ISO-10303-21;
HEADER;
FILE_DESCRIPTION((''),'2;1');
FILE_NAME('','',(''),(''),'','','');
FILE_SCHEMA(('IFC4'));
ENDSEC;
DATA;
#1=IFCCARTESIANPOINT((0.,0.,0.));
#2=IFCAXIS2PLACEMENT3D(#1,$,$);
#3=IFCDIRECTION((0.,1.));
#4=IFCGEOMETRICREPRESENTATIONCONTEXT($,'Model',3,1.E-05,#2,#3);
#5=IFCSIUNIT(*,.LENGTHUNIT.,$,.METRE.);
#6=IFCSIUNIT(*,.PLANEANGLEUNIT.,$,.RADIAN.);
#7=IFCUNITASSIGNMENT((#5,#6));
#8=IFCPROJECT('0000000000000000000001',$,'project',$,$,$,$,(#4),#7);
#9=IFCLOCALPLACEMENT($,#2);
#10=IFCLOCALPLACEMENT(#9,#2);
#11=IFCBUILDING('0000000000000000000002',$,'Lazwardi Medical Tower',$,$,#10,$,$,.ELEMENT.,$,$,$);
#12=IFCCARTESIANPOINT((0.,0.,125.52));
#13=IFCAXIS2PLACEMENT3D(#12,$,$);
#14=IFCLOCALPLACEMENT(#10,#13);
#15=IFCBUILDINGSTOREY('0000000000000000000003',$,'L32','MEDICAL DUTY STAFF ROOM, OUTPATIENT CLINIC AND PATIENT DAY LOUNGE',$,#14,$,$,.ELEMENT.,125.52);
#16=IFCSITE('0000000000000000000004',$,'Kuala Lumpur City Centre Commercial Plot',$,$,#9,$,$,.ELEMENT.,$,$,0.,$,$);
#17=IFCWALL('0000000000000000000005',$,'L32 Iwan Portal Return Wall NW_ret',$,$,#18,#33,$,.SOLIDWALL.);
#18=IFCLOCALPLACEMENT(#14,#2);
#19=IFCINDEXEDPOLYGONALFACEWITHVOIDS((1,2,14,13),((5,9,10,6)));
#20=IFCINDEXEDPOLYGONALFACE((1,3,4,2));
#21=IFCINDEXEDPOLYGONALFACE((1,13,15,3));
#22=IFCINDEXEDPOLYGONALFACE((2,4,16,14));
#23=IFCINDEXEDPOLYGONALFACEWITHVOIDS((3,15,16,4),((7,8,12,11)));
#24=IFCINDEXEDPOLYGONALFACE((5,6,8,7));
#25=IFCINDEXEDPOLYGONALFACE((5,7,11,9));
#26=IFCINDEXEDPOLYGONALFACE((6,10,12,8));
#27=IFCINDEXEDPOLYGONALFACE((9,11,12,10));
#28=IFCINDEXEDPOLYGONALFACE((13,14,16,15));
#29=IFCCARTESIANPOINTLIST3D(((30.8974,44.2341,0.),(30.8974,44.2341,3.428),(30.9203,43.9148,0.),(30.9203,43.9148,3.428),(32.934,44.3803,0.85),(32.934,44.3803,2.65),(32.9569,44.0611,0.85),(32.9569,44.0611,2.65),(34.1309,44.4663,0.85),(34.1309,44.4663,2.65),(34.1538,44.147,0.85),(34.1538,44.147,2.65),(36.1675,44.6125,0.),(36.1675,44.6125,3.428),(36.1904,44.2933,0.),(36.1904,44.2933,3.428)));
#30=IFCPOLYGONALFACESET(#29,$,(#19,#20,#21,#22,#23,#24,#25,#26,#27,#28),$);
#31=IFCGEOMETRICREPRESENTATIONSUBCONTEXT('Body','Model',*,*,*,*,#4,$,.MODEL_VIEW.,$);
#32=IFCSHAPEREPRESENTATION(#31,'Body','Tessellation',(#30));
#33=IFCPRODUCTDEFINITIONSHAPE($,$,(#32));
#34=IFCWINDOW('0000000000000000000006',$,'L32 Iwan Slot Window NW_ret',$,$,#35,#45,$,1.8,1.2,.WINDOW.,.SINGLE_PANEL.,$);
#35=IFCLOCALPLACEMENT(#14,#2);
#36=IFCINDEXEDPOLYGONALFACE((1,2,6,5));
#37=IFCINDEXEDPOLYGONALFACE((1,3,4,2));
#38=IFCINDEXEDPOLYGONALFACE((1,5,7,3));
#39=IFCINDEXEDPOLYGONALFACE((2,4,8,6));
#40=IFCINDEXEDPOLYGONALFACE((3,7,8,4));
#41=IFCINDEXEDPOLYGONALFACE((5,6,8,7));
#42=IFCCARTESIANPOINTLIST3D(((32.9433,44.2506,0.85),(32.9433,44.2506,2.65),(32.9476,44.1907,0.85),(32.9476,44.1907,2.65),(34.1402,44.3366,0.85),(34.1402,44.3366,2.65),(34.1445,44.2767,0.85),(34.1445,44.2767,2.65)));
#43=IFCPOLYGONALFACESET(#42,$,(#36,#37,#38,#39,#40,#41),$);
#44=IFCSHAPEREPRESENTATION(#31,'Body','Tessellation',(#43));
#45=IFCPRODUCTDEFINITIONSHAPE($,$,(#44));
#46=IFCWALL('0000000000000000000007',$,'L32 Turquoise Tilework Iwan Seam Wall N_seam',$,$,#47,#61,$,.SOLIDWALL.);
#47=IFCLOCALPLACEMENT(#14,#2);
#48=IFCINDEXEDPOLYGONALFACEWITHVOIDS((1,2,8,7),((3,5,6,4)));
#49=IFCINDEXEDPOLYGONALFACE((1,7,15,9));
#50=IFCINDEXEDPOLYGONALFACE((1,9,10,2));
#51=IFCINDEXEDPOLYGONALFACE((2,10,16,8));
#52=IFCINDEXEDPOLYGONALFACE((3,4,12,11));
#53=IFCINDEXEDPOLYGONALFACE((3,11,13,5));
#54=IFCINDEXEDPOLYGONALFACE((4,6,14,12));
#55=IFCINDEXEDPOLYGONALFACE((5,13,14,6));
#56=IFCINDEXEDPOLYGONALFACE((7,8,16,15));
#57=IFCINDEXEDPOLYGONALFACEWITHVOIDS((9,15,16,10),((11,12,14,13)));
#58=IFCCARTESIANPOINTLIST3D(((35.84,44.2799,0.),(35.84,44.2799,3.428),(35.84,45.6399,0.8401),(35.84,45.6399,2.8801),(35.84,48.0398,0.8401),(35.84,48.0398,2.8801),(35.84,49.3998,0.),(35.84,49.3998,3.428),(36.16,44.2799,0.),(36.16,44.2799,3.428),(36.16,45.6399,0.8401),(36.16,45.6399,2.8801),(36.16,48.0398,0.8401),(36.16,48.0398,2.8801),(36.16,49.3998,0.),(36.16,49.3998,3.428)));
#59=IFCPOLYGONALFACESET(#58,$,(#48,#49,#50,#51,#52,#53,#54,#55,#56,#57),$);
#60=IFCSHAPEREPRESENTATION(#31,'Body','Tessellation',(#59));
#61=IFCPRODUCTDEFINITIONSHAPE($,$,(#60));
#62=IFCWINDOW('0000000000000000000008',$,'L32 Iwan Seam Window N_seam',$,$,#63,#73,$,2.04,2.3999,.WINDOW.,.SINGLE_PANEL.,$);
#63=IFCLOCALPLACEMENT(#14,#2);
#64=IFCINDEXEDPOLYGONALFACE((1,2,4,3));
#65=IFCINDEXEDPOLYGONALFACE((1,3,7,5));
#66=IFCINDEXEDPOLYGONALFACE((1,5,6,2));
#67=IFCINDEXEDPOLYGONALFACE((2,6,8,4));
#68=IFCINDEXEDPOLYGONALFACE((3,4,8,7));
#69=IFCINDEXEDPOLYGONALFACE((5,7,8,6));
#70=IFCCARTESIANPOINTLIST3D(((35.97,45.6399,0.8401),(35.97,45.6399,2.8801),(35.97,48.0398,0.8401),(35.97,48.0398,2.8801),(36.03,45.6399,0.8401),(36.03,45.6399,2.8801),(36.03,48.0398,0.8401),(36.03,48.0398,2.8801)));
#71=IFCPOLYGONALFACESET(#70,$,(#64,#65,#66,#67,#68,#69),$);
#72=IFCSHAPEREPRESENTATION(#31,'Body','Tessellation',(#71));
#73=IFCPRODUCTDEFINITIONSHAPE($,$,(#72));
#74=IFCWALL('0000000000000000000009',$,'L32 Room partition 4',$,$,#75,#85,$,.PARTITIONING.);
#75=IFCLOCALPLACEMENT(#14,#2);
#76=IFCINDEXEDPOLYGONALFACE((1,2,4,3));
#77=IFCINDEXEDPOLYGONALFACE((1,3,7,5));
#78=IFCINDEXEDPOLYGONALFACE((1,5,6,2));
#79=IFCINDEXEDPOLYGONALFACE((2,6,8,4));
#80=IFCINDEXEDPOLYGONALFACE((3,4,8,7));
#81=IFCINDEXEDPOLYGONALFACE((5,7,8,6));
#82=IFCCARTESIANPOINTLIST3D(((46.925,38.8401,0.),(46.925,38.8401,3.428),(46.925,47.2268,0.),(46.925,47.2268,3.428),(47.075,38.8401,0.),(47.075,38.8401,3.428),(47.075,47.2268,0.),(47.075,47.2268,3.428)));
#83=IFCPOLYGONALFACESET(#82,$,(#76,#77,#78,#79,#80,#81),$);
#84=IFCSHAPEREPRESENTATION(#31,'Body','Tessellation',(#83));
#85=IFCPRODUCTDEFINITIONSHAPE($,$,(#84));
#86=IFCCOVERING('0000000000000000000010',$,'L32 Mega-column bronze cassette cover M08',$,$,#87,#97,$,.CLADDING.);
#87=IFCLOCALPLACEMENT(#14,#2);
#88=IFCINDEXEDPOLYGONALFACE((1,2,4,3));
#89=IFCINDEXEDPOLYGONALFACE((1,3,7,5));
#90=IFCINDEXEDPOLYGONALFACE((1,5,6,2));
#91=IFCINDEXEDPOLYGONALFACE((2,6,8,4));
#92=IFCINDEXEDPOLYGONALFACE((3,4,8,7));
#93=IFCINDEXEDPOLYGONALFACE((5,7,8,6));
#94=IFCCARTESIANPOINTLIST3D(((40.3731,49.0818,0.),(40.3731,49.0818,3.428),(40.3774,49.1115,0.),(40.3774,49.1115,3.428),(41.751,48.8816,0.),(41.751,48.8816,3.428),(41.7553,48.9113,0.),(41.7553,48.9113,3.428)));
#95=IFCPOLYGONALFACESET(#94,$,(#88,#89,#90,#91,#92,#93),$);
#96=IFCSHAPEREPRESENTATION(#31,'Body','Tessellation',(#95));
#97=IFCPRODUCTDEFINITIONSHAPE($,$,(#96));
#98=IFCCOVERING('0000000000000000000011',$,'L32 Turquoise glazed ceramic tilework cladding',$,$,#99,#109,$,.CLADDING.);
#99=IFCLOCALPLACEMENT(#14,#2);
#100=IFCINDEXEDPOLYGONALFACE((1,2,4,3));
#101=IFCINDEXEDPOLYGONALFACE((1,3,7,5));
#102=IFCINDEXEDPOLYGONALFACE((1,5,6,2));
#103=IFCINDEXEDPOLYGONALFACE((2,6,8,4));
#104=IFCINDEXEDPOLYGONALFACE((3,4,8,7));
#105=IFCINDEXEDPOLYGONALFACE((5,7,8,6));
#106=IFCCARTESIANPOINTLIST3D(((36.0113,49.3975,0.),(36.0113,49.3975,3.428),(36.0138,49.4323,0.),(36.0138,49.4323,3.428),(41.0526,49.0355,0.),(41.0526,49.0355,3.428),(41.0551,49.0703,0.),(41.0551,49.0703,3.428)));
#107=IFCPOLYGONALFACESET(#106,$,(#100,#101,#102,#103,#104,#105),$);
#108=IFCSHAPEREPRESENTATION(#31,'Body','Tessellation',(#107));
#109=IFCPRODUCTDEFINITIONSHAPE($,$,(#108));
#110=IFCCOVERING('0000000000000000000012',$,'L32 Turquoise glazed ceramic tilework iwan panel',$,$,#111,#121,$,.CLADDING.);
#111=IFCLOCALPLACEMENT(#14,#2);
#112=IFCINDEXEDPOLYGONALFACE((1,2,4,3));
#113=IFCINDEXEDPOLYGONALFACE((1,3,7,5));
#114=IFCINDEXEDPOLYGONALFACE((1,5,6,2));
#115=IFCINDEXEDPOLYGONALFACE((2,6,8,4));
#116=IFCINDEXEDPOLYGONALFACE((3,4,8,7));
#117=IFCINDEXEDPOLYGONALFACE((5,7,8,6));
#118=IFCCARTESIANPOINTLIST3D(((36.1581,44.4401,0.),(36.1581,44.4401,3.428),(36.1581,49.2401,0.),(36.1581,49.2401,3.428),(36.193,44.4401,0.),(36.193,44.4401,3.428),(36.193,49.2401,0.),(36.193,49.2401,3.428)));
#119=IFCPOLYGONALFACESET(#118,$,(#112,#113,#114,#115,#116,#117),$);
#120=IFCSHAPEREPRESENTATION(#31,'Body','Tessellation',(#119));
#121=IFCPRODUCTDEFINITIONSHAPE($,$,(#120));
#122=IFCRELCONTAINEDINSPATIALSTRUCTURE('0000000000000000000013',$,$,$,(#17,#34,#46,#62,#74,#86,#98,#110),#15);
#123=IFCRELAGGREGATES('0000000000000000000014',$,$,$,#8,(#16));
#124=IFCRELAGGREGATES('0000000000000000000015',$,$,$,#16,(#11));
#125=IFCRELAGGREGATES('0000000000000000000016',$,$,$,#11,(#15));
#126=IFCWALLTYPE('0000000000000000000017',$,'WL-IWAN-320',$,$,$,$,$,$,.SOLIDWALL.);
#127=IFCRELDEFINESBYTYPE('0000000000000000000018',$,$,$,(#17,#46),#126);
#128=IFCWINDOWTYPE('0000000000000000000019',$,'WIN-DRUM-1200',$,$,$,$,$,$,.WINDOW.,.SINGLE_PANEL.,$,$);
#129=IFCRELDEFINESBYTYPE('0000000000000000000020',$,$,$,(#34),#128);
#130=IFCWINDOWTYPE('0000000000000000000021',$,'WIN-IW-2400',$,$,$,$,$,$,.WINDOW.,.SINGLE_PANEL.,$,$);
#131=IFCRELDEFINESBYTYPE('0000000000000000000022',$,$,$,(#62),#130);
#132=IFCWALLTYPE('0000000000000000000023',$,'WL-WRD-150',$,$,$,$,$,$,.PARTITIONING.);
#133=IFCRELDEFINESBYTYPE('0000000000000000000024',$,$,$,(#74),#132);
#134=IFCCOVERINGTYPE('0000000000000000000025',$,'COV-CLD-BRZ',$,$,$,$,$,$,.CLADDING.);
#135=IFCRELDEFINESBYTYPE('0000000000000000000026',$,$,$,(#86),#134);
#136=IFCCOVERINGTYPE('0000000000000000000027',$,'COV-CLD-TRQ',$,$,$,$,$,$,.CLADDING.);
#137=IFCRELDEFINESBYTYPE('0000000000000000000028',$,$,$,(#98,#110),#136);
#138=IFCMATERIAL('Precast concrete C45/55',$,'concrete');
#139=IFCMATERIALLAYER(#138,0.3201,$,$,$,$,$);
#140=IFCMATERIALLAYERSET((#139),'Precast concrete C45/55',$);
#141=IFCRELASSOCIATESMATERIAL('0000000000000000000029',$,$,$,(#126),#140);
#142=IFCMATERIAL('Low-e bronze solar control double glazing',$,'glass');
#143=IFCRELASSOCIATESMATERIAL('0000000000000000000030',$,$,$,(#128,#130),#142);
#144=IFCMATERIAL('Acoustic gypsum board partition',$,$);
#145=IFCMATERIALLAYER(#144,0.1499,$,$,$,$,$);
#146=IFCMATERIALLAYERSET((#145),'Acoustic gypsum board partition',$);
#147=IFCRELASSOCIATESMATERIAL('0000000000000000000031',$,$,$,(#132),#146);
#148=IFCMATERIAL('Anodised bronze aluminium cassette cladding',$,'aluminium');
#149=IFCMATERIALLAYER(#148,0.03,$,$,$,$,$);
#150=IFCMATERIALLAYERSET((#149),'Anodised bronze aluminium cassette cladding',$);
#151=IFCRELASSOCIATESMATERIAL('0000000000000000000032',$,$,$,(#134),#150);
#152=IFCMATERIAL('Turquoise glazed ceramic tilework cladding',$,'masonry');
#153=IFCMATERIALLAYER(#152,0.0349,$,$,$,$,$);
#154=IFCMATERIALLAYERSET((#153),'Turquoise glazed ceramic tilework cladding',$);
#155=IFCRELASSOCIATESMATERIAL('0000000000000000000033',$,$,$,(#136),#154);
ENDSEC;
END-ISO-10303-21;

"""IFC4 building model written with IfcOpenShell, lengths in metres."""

from ifc_helpers import new_model, si_unit, direction, frame, frame_2d, origin, origin_2d, place, context, subcontext, project, spatial, rectangle, extrude, material, layer, layer_set, type_object, element, fill, save


model = new_model("IFC4")

# Units and contexts
model_context = context("Model", 3, precision=1e-05, world=origin(), true_north=direction((0.0, 1.0)))
body_context = subcontext(model_context, "Body", "Model", "MODEL_VIEW")
ifc_project = project(units=[si_unit("LENGTHUNIT", "METRE"), si_unit("PLANEANGLEUNIT", "RADIAN")], contexts=[model_context])

# Site, building, storey
site_placement = place(None, origin())
site = spatial("IfcSite", under=ifc_project, at=site_placement, Name="Kuala Lumpur City Centre Commercial Plot", CompositionType="ELEMENT", RefElevation=0.0)
building_placement = place(site_placement, origin())
building = spatial("IfcBuilding", under=site, at=building_placement, Name="Lazwardi Medical Tower", CompositionType="ELEMENT")
storey_placement = place(building_placement, frame((0.0, 0.0, 125.52)))
storey = spatial("IfcBuildingStorey", under=building, at=storey_placement, Name="L32", Description="MEDICAL DUTY STAFF ROOM, OUTPATIENT CLINIC AND PATIENT DAY LOUNGE", CompositionType="ELEMENT", Elevation=125.52)

# Shared definitions
ifc_material_1 = material(Name="Low-e bronze solar control double glazing", Category="glass")

# Walls, openings, windows
ifc_material_2 = material(Name="Precast concrete C45/55", Category="concrete")
ifc_layer_1 = layer(ifc_material_2, 0.3201)
ifc_layer_set_1 = layer_set([ifc_layer_1], Name="Precast concrete C45/55")
wall_type_1 = type_object("IfcWallType", Name="WL-IWAN-320", PredefinedType="SOLIDWALL", material=ifc_layer_set_1)
wall_1_placement = place(storey_placement, frame((36.179, 44.4529, 0.0), z_axis=(0.0, 0.0, 1.0), x_axis=(-0.997432, -0.071621, 0.0)))
wall_1 = element("IfcWall", 1, at=wall_1_placement, inside=storey, type_object=wall_type_1, Name="L32 Iwan Portal Return Wall NW_ret", PredefinedType="SOLIDWALL", context=body_context, shape_type="SweptSolid", body=[
    extrude(rectangle(XDim=5.2837, YDim=0.3201, at=frame_2d((2.6418, 0.0))), origin(), (0.0, 0.0, 1.0), 3.428),
])
opening_1_placement = place(wall_1_placement, frame((2.0417, 0.0, 0.8501)))
opening_1 = element("IfcOpeningElement", 2, at=opening_1_placement, cuts=wall_1, PredefinedType="OPENING", context=body_context, shape_type="SweptSolid", body=[
    extrude(rectangle(XDim=1.2, YDim=1.8, at=frame_2d((0.6001, 0.8999))), frame((0.0, 0.1699, 0.0), z_axis=(0.0, -1.0, 0.0), x_axis=(1.0, 0.0, 0.0)), (0.0, 0.0, 1.0), 0.3401),
])
window_type_1 = type_object("IfcWindowType", Name="WIN-DRUM-1200", PartitioningType="SINGLE_PANEL", PredefinedType="WINDOW", material=ifc_material_1)
window_1_placement = place(opening_1_placement, origin())
window_1 = element("IfcWindow", 3, at=window_1_placement, inside=storey, type_object=window_type_1, Name="L32 Iwan Slot Window NW_ret", OverallHeight=1.8, OverallWidth=1.2, PartitioningType="SINGLE_PANEL", PredefinedType="WINDOW", context=body_context, shape_type="SweptSolid", body=[
    extrude(rectangle(XDim=1.2, YDim=1.8, at=frame_2d((0.6001, 0.8999))), frame((0.0, 0.03, 0.0), z_axis=(0.0, -1.0, 0.0), x_axis=(1.0, 0.0, 0.0)), (0.0, 0.0, 1.0), 0.0601),
])
fill(opening_1, window_1)
wall_2_placement = place(storey_placement, frame((36.0, 49.3999, 0.0), z_axis=(0.0, 0.0, 1.0), x_axis=(0.0, -1.0, 0.0)))
wall_2 = element("IfcWall", 4, at=wall_2_placement, inside=storey, type_object=wall_type_1, Name="L32 Turquoise Tilework Iwan Seam Wall N_seam", PredefinedType="SOLIDWALL", context=body_context, shape_type="SweptSolid", body=[
    extrude(rectangle(XDim=5.1199, YDim=0.3201, at=frame_2d((2.5601, 0.0))), origin(), (0.0, 0.0, 1.0), 3.428),
])
opening_2_placement = place(wall_2_placement, frame((1.3601, 0.0, 0.8401)))
opening_2 = element("IfcOpeningElement", 5, at=opening_2_placement, cuts=wall_2, PredefinedType="OPENING", context=body_context, shape_type="SweptSolid", body=[
    extrude(rectangle(XDim=2.3999, YDim=2.04, at=frame_2d((1.2, 1.02))), frame((0.0, 0.1699, 0.0), z_axis=(0.0, -1.0, 0.0), x_axis=(1.0, 0.0, 0.0)), (0.0, 0.0, 1.0), 0.3401),
])
window_type_2 = type_object("IfcWindowType", Name="WIN-IW-2400", PartitioningType="SINGLE_PANEL", PredefinedType="WINDOW", material=ifc_material_1)
window_2_placement = place(opening_2_placement, origin())
window_2 = element("IfcWindow", 6, at=window_2_placement, inside=storey, type_object=window_type_2, Name="L32 Iwan Seam Window N_seam", OverallHeight=2.04, OverallWidth=2.3999, PartitioningType="SINGLE_PANEL", PredefinedType="WINDOW", context=body_context, shape_type="SweptSolid", body=[
    extrude(rectangle(XDim=2.3999, YDim=2.04, at=frame_2d((1.2, 1.02))), frame((0.0, 0.03, 0.0), z_axis=(0.0, -1.0, 0.0), x_axis=(1.0, 0.0, 0.0)), (0.0, 0.0, 1.0), 0.0601),
])
fill(opening_2, window_2)

# Wall
ifc_material_3 = material(Name="Acoustic gypsum board partition")
ifc_layer_2 = layer(ifc_material_3, 0.1499)
ifc_layer_set_2 = layer_set([ifc_layer_2], Name="Acoustic gypsum board partition")
wall_type_2 = type_object("IfcWallType", Name="WL-WRD-150", PredefinedType="PARTITIONING", material=ifc_layer_set_2)
wall_3_placement = place(storey_placement, frame((47.0, 38.8401, 0.0), z_axis=(0.0, 0.0, 1.0), x_axis=(0.0, 1.0, 0.0)))
element("IfcWall", 7, at=wall_3_placement, inside=storey, type_object=wall_type_2, Name="L32 Room partition 4", PredefinedType="PARTITIONING", context=body_context, shape_type="SweptSolid", body=[
    extrude(rectangle(XDim=8.3867, YDim=0.1499, at=frame_2d((4.1934, 0.0))), origin(), (0.0, 0.0, 1.0), 3.428),
])

# Coverings
ifc_material_4 = material(Name="Anodised bronze aluminium cassette cladding", Category="aluminium")
ifc_layer_3 = layer(ifc_material_4, 0.03)
ifc_layer_set_3 = layer_set([ifc_layer_3], Name="Anodised bronze aluminium cassette cladding")
covering_type_1 = type_object("IfcCoveringType", Name="COV-CLD-BRZ", PredefinedType="CLADDING", material=ifc_layer_set_3)
covering_1_placement = place(storey_placement, frame((41.0642, 48.9966, 0.0), z_axis=(0.0, 0.0, 1.0), x_axis=(-0.989609, 0.143785, 0.0)))
element("IfcCovering", 8, at=covering_1_placement, inside=storey, type_object=covering_type_1, Name="L32 Mega-column bronze cassette cover M08", PredefinedType="CLADDING", context=body_context, shape_type="SweptSolid", body=[
    extrude(rectangle(XDim=1.3923, YDim=0.03, at=origin_2d()), origin(), (0.0, 0.0, 1.0), 3.428),
])
ifc_material_5 = material(Name="Turquoise glazed ceramic tilework cladding", Category="masonry")
ifc_layer_4 = layer(ifc_material_5, 0.0349)
ifc_layer_set_4 = layer_set([ifc_layer_4], Name="Turquoise glazed ceramic tilework cladding")
covering_type_2 = type_object("IfcCoveringType", Name="COV-CLD-TRQ", PredefinedType="CLADDING", material=ifc_layer_set_4)
covering_2_placement = place(storey_placement, frame((38.5332, 49.2339, 0.0), z_axis=(0.0, 0.0, 1.0), x_axis=(-0.997432, 0.071625, 0.0)))
element("IfcCovering", 9, at=covering_2_placement, inside=storey, type_object=covering_type_2, Name="L32 Turquoise glazed ceramic tilework cladding", PredefinedType="CLADDING", context=body_context, shape_type="SweptSolid", body=[
    extrude(rectangle(XDim=5.0542, YDim=0.0349, at=origin_2d()), origin(), (0.0, 0.0, 1.0), 3.428),
])
covering_3_placement = place(storey_placement, frame((36.1755, 46.8401, 0.0), z_axis=(0.0, 0.0, 1.0), x_axis=(0.0, -1.0, 0.0)))
element("IfcCovering", 10, at=covering_3_placement, inside=storey, type_object=covering_type_2, Name="L32 Turquoise glazed ceramic tilework iwan panel", PredefinedType="CLADDING", context=body_context, shape_type="SweptSolid", body=[
    extrude(rectangle(XDim=4.8, YDim=0.0349, at=origin_2d()), origin(), (0.0, 0.0, 1.0), 3.428),
])

save(model, "model.ifc")
